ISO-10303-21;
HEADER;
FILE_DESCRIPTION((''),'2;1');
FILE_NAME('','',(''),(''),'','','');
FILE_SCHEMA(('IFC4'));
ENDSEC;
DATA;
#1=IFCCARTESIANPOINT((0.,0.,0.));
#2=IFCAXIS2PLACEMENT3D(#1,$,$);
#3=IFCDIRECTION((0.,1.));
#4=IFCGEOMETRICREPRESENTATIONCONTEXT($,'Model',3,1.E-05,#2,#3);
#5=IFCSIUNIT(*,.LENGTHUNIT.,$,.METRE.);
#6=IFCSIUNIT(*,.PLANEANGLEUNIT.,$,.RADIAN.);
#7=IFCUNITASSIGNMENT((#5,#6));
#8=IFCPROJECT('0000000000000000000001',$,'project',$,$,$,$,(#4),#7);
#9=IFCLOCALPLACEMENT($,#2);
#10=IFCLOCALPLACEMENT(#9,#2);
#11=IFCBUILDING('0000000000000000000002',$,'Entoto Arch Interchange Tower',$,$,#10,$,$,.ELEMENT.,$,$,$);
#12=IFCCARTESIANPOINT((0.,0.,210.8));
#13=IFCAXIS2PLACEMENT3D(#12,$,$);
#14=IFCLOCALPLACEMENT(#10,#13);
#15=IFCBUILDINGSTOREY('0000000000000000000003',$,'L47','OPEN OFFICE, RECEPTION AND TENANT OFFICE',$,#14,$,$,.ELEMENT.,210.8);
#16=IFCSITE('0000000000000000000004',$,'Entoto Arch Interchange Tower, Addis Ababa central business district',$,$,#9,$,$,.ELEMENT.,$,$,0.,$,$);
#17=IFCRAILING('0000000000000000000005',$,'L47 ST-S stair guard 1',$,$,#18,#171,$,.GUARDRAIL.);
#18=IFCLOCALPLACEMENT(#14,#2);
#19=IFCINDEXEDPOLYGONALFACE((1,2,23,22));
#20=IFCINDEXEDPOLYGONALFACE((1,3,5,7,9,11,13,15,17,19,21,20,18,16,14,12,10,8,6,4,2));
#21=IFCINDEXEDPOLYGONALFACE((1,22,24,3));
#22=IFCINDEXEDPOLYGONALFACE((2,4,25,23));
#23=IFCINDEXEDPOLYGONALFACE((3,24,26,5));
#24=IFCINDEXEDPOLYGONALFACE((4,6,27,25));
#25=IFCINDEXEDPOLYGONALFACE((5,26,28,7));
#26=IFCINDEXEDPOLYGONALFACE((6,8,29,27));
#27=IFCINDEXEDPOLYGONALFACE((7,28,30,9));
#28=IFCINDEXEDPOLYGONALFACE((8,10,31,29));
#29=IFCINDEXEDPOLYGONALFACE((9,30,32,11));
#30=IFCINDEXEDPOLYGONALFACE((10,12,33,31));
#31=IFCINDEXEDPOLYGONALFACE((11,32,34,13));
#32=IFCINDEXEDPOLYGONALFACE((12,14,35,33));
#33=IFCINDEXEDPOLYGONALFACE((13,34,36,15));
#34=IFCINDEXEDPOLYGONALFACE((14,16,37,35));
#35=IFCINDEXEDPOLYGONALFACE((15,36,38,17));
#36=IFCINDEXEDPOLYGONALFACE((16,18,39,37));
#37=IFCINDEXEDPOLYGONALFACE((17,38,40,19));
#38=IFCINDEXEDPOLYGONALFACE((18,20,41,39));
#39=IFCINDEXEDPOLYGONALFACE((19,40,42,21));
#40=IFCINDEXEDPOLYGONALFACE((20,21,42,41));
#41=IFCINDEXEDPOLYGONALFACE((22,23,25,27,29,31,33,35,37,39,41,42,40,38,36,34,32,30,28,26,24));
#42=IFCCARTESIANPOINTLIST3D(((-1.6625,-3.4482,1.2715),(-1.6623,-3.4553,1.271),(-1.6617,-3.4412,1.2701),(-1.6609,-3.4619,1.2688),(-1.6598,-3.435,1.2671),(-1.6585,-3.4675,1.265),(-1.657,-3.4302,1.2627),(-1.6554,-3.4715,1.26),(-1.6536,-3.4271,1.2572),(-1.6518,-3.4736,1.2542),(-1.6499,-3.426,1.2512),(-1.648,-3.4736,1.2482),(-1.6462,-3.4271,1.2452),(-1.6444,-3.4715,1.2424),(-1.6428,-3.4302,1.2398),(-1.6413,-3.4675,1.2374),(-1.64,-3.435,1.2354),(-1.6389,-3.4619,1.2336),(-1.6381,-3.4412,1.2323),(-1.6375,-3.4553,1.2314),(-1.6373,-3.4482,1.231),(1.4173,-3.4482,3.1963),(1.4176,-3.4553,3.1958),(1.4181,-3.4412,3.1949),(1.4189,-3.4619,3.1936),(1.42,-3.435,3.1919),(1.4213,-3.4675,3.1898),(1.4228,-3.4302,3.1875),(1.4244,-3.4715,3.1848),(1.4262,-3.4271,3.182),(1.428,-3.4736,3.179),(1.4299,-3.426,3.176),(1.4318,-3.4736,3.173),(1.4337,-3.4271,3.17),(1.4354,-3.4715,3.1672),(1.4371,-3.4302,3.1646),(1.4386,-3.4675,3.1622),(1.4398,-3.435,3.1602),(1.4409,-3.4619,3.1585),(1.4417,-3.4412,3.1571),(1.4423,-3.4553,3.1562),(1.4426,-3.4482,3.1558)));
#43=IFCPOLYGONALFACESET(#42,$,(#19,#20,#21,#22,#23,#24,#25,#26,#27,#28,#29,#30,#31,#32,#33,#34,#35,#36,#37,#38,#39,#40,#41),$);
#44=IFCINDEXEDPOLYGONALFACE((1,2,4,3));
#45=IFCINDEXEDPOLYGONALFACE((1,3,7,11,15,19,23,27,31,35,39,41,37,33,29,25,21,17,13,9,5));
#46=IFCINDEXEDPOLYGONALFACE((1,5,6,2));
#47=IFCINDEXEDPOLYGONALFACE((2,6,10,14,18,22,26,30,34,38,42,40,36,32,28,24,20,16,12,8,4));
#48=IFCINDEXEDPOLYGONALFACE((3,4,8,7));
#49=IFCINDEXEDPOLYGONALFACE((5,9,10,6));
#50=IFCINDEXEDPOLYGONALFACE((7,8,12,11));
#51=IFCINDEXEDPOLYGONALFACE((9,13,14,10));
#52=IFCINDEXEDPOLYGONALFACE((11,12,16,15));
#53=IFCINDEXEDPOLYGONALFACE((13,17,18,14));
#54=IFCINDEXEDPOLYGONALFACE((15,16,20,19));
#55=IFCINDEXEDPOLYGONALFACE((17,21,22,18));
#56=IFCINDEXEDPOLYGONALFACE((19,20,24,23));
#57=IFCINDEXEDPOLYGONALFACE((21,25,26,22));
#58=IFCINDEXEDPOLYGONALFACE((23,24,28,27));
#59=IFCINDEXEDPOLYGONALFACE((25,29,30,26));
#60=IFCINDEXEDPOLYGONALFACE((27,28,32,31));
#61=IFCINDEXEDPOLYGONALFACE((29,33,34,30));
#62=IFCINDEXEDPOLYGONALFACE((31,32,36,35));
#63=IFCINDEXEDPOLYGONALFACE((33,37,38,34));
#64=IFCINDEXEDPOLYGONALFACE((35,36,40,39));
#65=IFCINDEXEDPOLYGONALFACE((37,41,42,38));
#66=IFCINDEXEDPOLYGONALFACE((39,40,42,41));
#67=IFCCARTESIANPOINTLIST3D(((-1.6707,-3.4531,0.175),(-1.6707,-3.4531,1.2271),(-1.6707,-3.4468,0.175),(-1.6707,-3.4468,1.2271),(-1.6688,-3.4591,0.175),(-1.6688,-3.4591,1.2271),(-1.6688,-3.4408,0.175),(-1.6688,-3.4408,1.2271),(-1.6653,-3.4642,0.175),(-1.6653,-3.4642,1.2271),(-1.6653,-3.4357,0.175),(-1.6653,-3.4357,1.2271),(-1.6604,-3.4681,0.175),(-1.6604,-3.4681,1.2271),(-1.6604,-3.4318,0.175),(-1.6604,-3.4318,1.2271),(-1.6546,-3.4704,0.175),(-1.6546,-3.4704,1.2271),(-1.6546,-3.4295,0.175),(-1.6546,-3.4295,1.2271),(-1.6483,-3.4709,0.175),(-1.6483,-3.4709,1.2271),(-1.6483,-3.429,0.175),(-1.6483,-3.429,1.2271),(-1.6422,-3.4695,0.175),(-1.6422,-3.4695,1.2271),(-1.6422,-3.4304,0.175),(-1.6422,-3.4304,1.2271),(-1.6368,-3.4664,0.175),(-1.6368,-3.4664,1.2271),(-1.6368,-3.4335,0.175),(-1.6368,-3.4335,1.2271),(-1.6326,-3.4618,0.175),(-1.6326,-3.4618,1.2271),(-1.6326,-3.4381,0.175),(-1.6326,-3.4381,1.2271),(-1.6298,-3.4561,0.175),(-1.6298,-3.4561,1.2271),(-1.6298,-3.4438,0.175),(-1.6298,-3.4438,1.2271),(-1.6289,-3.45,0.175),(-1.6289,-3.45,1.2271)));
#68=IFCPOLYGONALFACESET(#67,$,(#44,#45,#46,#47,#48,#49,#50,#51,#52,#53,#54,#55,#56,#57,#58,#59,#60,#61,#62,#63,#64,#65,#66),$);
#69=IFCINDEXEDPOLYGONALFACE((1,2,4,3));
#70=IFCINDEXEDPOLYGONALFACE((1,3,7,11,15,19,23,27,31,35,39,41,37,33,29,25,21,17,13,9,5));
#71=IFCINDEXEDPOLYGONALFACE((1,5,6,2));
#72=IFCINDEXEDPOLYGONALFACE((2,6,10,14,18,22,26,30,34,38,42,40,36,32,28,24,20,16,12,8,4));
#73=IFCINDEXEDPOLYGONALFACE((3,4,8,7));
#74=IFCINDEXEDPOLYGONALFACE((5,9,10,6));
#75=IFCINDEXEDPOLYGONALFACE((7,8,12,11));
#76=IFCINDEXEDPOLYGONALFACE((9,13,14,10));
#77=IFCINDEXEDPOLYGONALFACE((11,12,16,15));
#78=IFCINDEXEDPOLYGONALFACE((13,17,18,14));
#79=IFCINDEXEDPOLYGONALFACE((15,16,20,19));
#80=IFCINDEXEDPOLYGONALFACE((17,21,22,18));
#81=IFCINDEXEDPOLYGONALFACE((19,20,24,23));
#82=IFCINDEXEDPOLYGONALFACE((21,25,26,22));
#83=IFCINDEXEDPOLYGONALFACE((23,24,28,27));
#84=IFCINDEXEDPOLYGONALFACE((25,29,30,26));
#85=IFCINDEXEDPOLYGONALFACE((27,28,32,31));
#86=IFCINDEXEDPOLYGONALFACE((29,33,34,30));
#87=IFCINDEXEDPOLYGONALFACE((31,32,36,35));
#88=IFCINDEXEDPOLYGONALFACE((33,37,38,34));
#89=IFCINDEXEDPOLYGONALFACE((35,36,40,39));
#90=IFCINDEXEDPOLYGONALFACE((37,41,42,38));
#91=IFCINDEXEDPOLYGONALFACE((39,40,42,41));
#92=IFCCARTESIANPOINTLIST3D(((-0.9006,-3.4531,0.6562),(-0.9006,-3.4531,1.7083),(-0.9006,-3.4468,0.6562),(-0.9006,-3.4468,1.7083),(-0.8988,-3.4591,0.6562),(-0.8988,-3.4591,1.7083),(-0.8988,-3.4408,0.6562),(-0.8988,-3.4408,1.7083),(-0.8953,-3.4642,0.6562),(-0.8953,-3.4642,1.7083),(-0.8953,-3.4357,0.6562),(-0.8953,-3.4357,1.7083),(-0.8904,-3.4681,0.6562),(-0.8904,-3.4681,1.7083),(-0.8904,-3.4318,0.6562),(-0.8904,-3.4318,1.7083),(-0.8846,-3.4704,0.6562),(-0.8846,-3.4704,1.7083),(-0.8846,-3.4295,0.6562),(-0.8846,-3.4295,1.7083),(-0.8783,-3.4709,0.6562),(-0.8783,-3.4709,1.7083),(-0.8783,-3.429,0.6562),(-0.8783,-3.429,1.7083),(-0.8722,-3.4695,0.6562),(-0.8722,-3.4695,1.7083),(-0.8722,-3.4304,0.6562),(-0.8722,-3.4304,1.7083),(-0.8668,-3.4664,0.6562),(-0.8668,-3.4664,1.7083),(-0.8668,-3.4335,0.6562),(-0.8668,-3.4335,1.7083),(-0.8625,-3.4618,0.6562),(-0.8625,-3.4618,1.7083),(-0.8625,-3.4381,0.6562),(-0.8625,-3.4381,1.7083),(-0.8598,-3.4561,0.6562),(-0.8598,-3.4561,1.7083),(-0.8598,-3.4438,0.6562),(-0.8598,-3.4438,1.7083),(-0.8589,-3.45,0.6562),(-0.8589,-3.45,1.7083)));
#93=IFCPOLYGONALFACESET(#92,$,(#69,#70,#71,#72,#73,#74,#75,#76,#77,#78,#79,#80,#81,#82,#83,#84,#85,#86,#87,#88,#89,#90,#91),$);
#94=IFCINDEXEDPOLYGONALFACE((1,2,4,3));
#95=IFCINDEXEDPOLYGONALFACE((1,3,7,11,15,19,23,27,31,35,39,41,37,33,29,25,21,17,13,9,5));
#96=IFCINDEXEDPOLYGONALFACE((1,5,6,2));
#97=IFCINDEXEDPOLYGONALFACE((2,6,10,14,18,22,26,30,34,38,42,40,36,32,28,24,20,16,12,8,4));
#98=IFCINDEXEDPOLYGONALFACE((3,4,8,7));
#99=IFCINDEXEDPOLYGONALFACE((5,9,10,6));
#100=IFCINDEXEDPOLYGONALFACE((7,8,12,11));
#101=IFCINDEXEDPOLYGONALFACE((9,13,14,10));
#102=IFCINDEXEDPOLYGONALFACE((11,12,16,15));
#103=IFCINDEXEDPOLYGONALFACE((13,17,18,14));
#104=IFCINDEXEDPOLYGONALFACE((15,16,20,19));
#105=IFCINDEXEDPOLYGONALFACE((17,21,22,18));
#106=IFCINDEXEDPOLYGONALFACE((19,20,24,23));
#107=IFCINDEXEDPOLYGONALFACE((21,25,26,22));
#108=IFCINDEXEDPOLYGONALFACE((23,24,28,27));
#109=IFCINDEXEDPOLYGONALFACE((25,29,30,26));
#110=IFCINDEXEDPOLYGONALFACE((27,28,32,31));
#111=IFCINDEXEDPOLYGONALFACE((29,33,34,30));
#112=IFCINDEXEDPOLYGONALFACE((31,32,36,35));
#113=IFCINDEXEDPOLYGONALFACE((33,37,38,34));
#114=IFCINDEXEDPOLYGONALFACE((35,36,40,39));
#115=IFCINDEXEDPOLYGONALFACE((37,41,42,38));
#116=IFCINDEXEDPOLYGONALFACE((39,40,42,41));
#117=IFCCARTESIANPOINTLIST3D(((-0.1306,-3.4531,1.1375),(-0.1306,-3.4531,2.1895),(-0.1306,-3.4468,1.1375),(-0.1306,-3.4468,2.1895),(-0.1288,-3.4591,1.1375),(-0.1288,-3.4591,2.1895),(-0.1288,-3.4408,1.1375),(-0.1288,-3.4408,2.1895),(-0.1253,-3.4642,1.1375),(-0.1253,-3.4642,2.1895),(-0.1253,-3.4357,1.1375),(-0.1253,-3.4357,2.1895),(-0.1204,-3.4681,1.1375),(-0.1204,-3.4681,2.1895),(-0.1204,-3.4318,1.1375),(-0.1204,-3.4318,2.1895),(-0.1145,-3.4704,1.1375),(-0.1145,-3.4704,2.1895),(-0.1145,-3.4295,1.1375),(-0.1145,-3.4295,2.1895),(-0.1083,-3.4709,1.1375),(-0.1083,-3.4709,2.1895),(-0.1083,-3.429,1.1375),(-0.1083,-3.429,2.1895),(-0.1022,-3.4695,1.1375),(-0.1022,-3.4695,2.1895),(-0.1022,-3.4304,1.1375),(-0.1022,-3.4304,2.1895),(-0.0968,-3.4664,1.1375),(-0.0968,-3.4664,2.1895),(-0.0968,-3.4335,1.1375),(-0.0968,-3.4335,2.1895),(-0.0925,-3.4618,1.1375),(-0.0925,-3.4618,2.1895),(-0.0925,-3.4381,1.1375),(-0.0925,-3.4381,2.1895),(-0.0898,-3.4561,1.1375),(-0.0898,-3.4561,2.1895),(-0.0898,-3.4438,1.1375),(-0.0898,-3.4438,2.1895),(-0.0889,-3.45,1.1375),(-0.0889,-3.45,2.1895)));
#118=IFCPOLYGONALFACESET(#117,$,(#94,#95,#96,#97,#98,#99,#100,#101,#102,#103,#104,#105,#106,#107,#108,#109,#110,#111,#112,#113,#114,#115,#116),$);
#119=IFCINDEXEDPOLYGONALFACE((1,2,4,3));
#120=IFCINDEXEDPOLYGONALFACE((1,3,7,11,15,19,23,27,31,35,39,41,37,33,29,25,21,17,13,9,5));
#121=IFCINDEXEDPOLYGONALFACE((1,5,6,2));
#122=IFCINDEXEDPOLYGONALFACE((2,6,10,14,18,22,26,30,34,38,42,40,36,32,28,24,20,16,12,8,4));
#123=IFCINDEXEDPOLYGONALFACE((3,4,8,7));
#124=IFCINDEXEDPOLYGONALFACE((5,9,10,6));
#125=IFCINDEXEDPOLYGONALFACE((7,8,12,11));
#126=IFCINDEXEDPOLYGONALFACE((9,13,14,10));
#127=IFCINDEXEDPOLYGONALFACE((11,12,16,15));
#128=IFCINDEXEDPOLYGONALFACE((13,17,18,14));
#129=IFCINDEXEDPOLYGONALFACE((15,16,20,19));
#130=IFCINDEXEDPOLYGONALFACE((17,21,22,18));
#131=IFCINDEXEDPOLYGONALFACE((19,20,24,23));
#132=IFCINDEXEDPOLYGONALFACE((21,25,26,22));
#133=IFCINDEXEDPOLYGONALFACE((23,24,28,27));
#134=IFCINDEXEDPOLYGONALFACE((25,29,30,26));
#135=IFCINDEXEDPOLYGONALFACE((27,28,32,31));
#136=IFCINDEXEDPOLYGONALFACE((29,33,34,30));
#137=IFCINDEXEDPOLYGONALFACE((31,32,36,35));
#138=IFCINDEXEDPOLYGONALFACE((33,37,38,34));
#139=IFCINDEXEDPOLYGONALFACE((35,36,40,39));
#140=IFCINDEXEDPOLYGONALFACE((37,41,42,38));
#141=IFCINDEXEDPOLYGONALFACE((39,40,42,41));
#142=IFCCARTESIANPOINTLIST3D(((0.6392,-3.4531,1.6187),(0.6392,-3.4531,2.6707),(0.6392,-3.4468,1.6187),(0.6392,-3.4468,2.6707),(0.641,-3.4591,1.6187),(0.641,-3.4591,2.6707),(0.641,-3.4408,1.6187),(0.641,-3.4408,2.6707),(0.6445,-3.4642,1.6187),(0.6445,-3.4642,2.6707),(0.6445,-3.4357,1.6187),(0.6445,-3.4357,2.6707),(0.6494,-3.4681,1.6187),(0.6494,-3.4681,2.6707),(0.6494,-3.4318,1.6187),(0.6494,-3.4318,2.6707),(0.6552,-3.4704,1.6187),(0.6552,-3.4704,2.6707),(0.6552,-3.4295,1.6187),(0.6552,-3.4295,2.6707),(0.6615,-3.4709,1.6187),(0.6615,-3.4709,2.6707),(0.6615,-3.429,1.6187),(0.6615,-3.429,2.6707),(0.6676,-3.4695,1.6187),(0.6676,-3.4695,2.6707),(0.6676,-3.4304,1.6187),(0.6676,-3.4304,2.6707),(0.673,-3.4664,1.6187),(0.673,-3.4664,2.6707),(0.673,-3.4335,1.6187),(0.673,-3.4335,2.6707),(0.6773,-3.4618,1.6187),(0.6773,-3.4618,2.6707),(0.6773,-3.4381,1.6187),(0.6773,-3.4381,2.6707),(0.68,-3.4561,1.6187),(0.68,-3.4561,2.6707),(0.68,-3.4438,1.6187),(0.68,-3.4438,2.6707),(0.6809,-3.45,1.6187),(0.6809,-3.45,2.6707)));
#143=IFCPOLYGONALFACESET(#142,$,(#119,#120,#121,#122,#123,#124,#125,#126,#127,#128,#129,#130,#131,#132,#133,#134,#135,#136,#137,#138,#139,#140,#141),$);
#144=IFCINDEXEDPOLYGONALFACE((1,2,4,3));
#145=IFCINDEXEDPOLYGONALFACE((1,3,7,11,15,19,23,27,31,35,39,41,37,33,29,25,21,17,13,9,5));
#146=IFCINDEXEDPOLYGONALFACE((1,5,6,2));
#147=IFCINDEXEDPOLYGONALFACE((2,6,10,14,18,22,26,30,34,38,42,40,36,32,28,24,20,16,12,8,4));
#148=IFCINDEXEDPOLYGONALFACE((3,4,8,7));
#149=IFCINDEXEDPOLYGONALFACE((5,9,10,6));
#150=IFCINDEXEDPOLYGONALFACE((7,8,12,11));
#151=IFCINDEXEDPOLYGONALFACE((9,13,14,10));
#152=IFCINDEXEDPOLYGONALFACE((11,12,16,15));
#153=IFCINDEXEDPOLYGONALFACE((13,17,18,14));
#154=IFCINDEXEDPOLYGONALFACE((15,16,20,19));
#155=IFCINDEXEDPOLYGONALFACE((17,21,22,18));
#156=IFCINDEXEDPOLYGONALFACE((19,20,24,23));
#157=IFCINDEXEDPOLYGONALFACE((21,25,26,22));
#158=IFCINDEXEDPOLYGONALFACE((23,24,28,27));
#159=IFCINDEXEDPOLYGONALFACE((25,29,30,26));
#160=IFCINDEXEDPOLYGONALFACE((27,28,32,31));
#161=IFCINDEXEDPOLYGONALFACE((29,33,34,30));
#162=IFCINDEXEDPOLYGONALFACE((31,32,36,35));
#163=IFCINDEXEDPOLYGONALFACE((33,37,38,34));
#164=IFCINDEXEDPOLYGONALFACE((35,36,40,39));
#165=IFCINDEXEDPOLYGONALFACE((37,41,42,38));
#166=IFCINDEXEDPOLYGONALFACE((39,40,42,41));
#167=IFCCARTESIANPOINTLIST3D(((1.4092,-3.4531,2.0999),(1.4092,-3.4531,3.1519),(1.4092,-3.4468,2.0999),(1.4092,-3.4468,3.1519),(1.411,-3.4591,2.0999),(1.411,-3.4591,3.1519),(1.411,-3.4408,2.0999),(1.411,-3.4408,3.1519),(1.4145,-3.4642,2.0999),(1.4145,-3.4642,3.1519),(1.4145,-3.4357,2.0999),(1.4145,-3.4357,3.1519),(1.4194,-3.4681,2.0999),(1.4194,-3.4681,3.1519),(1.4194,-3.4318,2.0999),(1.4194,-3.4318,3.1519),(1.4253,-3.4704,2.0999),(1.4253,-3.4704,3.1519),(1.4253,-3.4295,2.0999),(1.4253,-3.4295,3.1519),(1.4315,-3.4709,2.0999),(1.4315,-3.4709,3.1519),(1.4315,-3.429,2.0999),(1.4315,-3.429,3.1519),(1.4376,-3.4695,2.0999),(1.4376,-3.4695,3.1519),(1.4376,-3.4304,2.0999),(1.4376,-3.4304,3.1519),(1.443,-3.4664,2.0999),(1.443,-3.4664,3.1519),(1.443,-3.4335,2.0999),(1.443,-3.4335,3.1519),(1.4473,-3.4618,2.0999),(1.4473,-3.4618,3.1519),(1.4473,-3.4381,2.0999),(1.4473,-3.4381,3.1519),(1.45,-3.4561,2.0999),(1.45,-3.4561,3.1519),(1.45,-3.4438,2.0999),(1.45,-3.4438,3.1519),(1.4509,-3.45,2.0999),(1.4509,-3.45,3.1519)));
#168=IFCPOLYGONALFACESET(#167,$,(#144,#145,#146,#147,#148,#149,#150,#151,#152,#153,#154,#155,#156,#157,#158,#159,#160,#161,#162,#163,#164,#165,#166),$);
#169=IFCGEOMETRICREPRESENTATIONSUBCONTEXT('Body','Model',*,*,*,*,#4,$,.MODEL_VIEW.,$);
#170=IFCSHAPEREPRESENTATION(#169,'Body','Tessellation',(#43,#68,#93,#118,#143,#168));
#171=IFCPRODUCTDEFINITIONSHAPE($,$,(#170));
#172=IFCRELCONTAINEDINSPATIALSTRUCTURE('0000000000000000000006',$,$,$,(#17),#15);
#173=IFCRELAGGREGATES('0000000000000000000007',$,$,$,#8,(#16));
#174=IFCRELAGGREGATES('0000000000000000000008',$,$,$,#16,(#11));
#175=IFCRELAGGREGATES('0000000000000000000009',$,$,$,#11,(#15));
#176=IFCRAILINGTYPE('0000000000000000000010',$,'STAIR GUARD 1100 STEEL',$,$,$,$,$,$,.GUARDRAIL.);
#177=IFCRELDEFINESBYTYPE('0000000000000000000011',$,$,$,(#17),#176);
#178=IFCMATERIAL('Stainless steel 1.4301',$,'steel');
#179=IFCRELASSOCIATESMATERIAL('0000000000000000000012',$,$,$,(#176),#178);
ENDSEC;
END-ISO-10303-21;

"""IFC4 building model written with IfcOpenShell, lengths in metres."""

from ifc_helpers import new_model, si_unit, direction, frame, origin, origin_2d, place, context, subcontext, project, spatial, circle, extrude, material, type_object, element, save


model = new_model("IFC4")

# Units and contexts
model_context = context("Model", 3, precision=1e-05, world=origin(), true_north=direction((0.0, 1.0)))
body_context = subcontext(model_context, "Body", "Model", "MODEL_VIEW")
ifc_project = project(units=[si_unit("LENGTHUNIT", "METRE"), si_unit("PLANEANGLEUNIT", "RADIAN")], contexts=[model_context])

# Site, building, storey
site_placement = place(None, origin())
site = spatial("IfcSite", under=ifc_project, at=site_placement, Name="Entoto Arch Interchange Tower, Addis Ababa central business district", CompositionType="ELEMENT", RefElevation=0.0)
building_placement = place(site_placement, origin())
building = spatial("IfcBuilding", under=site, at=building_placement, Name="Entoto Arch Interchange Tower", CompositionType="ELEMENT")
storey_placement = place(building_placement, frame((0.0, 0.0, 210.8)))
storey = spatial("IfcBuildingStorey", under=building, at=storey_placement, Name="L47", Description="OPEN OFFICE, RECEPTION AND TENANT OFFICE", CompositionType="ELEMENT", Elevation=210.8)

# Railing
ifc_material_1 = material(Name="Stainless steel 1.4301", Category="steel")
railing_type_1 = type_object("IfcRailingType", Name="STAIR GUARD 1100 STEEL", PredefinedType="GUARDRAIL", material=ifc_material_1)
railing_1_placement = place(storey_placement, frame((-1.6499, -3.45, 0.175)))
element("IfcRailing", 1, at=railing_1_placement, inside=storey, type_object=railing_type_1, Name="L47 ST-S stair guard 1", PredefinedType="GUARDRAIL", context=body_context, shape_type="SweptSolid", body=[
    extrude(circle(Radius=0.0239, at=origin_2d()), frame((0.0, 0.0, 1.0762), z_axis=(0.84801, 0.0, 0.529981), x_axis=(0.0, 1.0, 0.0)), (0.0, 0.0, 1.0), 3.6318),
    extrude(circle(Radius=0.021, at=origin_2d()), origin(), (0.0, 0.0, 1.0), 1.052),
    extrude(circle(Radius=0.021, at=origin_2d()), frame((0.77, 0.0, 0.4812)), (0.0, 0.0, 1.0), 1.052),
    extrude(circle(Radius=0.021, at=origin_2d()), frame((1.54, 0.0, 0.9624)), (0.0, 0.0, 1.0), 1.052),
    extrude(circle(Radius=0.021, at=origin_2d()), frame((2.3098, 0.0, 1.4436)), (0.0, 0.0, 1.0), 1.052),
    extrude(circle(Radius=0.021, at=origin_2d()), frame((3.0798, 0.0, 1.9248)), (0.0, 0.0, 1.0), 1.052),
])

save(model, "model.ifc")
